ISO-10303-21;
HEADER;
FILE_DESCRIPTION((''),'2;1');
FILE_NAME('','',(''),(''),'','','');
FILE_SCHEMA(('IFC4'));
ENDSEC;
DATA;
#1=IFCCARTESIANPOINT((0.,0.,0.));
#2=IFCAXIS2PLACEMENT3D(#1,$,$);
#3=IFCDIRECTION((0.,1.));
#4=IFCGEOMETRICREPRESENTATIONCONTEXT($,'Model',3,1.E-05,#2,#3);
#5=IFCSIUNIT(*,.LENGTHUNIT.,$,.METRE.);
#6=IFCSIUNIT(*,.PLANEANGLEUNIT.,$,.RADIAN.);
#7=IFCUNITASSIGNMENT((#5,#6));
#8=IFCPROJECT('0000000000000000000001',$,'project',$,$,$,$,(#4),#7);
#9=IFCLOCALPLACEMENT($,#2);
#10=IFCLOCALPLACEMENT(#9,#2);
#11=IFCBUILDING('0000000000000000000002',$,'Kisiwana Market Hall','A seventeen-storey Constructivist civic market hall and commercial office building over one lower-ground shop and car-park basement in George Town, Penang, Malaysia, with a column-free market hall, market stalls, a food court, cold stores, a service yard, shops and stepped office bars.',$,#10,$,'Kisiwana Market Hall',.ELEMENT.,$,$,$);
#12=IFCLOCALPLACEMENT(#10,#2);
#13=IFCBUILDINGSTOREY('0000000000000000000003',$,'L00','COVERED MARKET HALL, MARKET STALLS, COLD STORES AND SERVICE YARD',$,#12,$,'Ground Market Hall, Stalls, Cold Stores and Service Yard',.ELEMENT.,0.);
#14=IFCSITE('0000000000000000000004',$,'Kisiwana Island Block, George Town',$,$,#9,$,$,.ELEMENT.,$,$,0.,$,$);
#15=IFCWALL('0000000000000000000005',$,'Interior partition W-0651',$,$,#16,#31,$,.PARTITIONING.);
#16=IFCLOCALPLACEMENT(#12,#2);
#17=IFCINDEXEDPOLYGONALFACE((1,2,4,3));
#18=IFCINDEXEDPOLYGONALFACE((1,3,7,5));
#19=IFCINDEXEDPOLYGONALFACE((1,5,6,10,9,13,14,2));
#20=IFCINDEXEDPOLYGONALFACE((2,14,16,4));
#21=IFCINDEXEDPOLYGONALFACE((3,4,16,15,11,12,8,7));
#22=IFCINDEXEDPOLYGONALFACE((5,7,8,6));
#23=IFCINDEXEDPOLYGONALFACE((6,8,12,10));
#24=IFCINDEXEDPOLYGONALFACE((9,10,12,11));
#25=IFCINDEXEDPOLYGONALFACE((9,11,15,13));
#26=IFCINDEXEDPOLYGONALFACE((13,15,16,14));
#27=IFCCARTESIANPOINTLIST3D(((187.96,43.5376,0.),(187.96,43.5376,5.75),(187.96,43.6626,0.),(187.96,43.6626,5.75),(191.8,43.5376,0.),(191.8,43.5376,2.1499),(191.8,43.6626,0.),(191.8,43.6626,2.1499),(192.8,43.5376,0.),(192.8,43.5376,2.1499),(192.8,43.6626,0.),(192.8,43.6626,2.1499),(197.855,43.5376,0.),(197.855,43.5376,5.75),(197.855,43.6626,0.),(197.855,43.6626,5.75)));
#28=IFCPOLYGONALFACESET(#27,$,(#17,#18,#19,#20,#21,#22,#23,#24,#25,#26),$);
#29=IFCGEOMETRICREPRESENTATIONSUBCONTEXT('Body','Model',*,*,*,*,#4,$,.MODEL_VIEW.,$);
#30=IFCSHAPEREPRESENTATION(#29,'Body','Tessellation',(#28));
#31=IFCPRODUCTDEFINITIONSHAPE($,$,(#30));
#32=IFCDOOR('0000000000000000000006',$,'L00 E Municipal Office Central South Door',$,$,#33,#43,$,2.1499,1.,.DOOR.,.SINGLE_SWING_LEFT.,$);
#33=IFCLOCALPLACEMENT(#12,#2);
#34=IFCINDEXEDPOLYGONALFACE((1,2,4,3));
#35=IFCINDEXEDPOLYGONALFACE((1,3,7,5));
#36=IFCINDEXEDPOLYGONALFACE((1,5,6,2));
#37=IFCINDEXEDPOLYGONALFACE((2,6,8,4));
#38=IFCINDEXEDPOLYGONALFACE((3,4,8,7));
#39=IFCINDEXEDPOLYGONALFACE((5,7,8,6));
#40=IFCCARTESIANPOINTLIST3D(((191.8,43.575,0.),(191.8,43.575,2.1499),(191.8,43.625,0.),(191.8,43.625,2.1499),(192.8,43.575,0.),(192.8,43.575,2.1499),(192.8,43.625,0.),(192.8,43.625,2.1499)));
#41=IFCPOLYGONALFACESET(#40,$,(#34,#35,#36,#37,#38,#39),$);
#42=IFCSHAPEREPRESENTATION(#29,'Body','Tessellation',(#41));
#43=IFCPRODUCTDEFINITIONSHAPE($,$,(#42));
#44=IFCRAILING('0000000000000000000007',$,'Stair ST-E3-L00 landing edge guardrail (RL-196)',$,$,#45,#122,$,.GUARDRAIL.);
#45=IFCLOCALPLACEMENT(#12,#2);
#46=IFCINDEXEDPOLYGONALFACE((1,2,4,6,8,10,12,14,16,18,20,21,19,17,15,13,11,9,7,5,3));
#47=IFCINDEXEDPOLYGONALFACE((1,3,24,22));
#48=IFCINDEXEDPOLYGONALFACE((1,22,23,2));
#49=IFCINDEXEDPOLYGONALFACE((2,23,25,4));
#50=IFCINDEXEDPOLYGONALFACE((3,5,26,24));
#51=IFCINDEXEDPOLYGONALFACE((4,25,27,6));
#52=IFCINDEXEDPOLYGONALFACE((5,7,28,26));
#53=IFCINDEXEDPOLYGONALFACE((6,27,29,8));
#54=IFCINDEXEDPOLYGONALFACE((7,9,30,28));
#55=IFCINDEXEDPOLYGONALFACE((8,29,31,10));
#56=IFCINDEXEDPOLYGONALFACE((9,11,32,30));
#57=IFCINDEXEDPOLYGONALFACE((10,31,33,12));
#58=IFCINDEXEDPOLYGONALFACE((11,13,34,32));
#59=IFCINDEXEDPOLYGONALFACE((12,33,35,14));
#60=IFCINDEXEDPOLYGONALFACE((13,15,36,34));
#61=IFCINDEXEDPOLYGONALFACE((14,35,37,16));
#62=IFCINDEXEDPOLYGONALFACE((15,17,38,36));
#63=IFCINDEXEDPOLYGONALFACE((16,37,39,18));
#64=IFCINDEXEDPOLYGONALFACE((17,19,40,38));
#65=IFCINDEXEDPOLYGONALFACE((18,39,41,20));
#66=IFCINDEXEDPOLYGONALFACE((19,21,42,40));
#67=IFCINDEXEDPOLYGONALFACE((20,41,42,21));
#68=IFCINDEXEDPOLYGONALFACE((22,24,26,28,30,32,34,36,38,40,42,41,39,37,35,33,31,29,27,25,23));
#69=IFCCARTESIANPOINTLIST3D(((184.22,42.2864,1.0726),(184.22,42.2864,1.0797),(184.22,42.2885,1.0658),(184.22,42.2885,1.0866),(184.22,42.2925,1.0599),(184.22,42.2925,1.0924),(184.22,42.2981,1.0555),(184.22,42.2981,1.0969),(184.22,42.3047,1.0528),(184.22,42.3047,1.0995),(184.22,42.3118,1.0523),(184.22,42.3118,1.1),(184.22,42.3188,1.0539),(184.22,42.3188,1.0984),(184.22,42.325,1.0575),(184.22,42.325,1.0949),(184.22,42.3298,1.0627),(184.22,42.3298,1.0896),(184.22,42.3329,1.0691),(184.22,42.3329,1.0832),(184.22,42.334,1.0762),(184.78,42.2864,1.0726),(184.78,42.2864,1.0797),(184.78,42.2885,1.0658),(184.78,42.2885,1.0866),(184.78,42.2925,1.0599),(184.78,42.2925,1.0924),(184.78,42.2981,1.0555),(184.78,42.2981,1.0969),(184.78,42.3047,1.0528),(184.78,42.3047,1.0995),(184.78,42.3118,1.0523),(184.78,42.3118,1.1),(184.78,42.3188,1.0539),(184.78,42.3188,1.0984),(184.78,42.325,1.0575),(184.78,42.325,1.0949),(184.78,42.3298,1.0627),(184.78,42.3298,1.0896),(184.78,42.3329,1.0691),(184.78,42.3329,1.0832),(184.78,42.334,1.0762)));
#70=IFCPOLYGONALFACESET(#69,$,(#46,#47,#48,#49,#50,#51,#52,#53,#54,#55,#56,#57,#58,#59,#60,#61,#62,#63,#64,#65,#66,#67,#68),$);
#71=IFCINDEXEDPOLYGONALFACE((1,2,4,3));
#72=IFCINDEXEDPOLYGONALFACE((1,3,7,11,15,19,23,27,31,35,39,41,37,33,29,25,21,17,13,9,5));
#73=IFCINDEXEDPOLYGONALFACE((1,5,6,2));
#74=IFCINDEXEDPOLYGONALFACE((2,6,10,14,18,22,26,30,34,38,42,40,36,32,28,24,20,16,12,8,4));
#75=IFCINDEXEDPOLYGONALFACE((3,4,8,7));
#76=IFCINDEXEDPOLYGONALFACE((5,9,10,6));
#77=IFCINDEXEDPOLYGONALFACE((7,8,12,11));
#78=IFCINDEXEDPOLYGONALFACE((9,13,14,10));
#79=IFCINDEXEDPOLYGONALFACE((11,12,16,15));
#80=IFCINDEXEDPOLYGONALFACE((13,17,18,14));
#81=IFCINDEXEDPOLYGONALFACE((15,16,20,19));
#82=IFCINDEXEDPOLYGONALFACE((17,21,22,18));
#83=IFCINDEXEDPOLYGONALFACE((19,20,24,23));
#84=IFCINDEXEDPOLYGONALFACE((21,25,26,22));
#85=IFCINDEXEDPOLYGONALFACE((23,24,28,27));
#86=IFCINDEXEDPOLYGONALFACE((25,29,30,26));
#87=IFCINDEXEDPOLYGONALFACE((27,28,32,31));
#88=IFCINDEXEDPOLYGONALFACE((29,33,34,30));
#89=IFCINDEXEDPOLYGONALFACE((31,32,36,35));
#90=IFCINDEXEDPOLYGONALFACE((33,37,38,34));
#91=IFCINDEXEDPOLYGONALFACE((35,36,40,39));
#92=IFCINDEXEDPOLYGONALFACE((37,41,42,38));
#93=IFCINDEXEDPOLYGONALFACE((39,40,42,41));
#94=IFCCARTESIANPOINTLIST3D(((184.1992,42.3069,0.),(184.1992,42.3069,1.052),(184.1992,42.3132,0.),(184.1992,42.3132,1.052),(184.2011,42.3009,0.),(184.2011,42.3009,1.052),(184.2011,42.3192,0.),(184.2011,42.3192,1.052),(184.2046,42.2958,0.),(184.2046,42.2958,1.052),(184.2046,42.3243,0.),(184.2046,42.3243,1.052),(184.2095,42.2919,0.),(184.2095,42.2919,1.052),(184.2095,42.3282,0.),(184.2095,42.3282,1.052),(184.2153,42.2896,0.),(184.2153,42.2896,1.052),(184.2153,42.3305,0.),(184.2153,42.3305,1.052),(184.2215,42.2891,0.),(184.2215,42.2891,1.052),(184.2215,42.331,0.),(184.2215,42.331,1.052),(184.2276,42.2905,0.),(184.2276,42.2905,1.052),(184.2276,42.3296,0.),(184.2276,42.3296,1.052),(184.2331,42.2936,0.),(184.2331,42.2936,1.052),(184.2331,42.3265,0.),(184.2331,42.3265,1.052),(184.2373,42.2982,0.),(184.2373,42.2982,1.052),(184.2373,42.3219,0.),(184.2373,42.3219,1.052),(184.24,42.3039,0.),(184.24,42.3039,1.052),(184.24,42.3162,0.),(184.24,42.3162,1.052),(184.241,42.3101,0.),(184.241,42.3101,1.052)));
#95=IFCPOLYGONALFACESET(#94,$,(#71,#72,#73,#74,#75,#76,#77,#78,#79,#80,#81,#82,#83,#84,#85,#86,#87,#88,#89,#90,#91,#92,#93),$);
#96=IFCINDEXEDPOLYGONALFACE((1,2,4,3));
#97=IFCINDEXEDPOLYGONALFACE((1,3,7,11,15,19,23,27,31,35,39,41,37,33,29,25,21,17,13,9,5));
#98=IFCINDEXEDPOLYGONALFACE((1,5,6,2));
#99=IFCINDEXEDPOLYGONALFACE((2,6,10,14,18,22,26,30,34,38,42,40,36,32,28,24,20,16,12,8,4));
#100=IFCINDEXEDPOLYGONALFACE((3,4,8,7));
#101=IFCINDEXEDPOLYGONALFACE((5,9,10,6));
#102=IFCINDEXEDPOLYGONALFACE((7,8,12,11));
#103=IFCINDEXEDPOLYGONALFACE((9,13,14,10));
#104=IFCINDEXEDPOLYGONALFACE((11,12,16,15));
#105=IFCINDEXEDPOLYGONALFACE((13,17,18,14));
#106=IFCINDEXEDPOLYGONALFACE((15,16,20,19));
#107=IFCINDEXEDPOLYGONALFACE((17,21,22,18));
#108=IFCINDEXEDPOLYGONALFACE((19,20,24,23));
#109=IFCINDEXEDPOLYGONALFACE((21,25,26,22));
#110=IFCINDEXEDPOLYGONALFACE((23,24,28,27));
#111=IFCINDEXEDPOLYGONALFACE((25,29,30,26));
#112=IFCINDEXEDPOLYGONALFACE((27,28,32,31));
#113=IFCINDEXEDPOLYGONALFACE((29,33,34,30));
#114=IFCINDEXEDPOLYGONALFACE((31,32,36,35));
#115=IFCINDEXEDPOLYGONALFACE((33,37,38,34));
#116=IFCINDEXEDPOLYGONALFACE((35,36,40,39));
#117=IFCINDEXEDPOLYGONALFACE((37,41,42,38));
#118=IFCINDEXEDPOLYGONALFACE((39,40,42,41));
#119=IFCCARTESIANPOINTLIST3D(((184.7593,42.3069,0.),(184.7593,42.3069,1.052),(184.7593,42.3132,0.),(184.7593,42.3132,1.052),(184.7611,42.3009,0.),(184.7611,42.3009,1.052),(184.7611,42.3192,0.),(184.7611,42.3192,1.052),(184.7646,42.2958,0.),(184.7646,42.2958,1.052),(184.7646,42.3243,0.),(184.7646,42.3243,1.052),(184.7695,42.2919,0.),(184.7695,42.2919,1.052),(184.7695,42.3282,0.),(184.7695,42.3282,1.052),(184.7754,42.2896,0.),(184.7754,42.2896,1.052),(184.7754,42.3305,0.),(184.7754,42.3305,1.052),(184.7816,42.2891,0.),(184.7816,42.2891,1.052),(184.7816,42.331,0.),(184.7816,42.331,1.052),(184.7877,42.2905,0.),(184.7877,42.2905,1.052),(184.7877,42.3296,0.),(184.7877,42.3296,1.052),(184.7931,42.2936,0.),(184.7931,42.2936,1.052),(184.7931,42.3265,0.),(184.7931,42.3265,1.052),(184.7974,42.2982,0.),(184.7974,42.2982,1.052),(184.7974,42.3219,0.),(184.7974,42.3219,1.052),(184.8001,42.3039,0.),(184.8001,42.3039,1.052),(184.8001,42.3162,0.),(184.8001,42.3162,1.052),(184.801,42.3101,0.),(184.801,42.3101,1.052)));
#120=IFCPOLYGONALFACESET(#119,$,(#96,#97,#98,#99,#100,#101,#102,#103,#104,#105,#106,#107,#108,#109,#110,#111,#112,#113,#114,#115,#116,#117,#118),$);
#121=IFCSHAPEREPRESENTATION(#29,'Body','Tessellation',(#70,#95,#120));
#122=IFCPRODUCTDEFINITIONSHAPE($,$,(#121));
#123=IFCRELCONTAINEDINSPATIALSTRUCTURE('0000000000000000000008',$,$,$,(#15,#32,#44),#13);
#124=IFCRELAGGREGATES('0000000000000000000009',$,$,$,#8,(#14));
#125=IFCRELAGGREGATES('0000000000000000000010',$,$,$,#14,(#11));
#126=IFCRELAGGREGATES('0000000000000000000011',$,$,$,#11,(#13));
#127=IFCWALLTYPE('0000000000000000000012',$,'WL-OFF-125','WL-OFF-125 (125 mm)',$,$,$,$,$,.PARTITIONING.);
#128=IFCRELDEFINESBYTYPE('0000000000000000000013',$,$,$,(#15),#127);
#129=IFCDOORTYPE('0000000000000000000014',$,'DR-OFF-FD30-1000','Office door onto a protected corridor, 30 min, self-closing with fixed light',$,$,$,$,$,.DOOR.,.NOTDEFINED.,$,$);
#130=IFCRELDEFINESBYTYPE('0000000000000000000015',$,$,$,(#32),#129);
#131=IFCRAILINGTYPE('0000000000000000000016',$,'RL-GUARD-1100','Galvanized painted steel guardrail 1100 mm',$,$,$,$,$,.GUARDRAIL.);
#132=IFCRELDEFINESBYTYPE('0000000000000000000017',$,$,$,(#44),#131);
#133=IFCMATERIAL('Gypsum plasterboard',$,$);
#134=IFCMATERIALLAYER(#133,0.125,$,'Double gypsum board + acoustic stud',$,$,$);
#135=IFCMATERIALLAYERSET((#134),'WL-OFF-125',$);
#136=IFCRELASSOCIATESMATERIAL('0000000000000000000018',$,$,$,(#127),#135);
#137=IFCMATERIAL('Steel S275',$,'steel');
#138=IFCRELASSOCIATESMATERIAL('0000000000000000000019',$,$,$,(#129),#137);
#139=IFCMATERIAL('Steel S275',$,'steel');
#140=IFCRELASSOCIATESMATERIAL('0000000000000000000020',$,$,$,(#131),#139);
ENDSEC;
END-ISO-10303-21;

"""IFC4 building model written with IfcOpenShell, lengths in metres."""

from ifc_helpers import new_model, si_unit, direction, frame, frame_2d, origin, origin_2d, place, context, subcontext, project, spatial, rectangle, circle, extrude, material, layer, layer_set, type_object, element, fill, save


model = new_model("IFC4")

# Units and contexts
model_context = context("Model", 3, precision=1e-05, world=origin(), true_north=direction((0.0, 1.0)))
body_context = subcontext(model_context, "Body", "Model", "MODEL_VIEW")
ifc_project = project(units=[si_unit("LENGTHUNIT", "METRE"), si_unit("PLANEANGLEUNIT", "RADIAN")], contexts=[model_context])

# Site, building, storey
site_placement = place(None, origin())
site = spatial("IfcSite", under=ifc_project, at=site_placement, Name="Kisiwana Island Block, George Town", CompositionType="ELEMENT", RefElevation=0.0)
building_placement = place(site_placement, origin())
building = spatial("IfcBuilding", under=site, at=building_placement, Name="Kisiwana Market Hall", Description="A seventeen-storey Constructivist civic market hall and commercial office building over one lower-ground shop and car-park basement in George Town, Penang, Malaysia, with a column-free market hall, market stalls, a food court, cold stores, a service yard, shops and stepped office bars.", LongName="Kisiwana Market Hall", CompositionType="ELEMENT")
storey_placement = place(building_placement, origin())
storey = spatial("IfcBuildingStorey", under=building, at=storey_placement, Name="L00", Description="COVERED MARKET HALL, MARKET STALLS, COLD STORES AND SERVICE YARD", LongName="Ground Market Hall, Stalls, Cold Stores and Service Yard", CompositionType="ELEMENT", Elevation=0.0)

# Shared definitions
ifc_material_1 = material(Name="Gypsum plasterboard")
ifc_layer_1 = layer(ifc_material_1, 0.125, Name="Double gypsum board + acoustic stud")
ifc_layer_set_1 = layer_set([ifc_layer_1], Name="WL-OFF-125")
wall_type_1 = type_object("IfcWallType", Name="WL-OFF-125", Description="WL-OFF-125 (125 mm)", PredefinedType="PARTITIONING", material=ifc_layer_set_1)

# Shared definitions
ifc_material_2 = material(Name="Steel S275", Category="steel")
door_type_1 = type_object("IfcDoorType", Name="DR-OFF-FD30-1000", Description="Office door onto a protected corridor, 30 min, self-closing with fixed light", OperationType="NOTDEFINED", PredefinedType="DOOR", material=ifc_material_2)

# Wall, opening, door
wall_1_placement = place(storey_placement, frame((187.96, 43.6001, 0.0), z_axis=(0.0, 0.0, 1.0), x_axis=(1.0, 0.0, 0.0)))
wall_1 = element("IfcWall", 1, at=wall_1_placement, inside=storey, type_object=wall_type_1, Name="Interior partition W-0651", PredefinedType="PARTITIONING", context=body_context, shape_type="SweptSolid", body=[
    extrude(rectangle(XDim=9.895, YDim=0.125, at=frame_2d((4.9475, 0.0))), origin(), (0.0, 0.0, 1.0), 5.75),
])
opening_1_placement = place(wall_1_placement, frame((3.8401, 0.0, 0.0)))
opening_1 = element("IfcOpeningElement", 2, at=opening_1_placement, cuts=wall_1, PredefinedType="OPENING", context=body_context, shape_type="SweptSolid", body=[
    extrude(rectangle(XDim=1.0, YDim=2.1499, at=frame_2d((0.5, 1.075))), frame((0.0, 0.0745, 0.0), z_axis=(0.0, -1.0, 0.0), x_axis=(1.0, 0.0, 0.0)), (0.0, 0.0, 1.0), 0.1489),
])
door_1_placement = place(opening_1_placement, origin())
door_1 = element("IfcDoor", 3, at=door_1_placement, inside=storey, type_object=door_type_1, Name="L00 E Municipal Office Central South Door", OperationType="SINGLE_SWING_LEFT", OverallHeight=2.1499, OverallWidth=1.0, PredefinedType="DOOR", context=body_context, shape_type="SweptSolid", body=[
    extrude(rectangle(XDim=1.0, YDim=2.1499, at=frame_2d((0.5, 1.075))), frame((0.0, 0.0249, 0.0), z_axis=(0.0, -1.0, 0.0), x_axis=(1.0, 0.0, 0.0)), (0.0, 0.0, 1.0), 0.05),
])
fill(opening_1, door_1)

# Railing
ifc_material_3 = material(Name="Steel S275", Category="steel")
railing_type_1 = type_object("IfcRailingType", Name="RL-GUARD-1100", Description="Galvanized painted steel guardrail 1100 mm", PredefinedType="GUARDRAIL", material=ifc_material_3)
railing_1_placement = place(storey_placement, frame((184.22, 42.3101, 0.0)))
element("IfcRailing", 4, at=railing_1_placement, inside=storey, type_object=railing_type_1, Name="Stair ST-E3-L00 landing edge guardrail (RL-196)", PredefinedType="GUARDRAIL", context=body_context, shape_type="SweptSolid", body=[
    extrude(circle(Radius=0.0239, at=origin_2d()), frame((0.0, 0.0, 1.0762), z_axis=(1.0, 0.0, 0.0), x_axis=(0.0, 1.0, 0.0)), (0.0, 0.0, 1.0), 0.5601),
    extrude(circle(Radius=0.021, at=origin_2d()), origin(), (0.0, 0.0, 1.0), 1.052),
    extrude(circle(Radius=0.021, at=origin_2d()), frame((0.5601, 0.0, 0.0)), (0.0, 0.0, 1.0), 1.052),
])

save(model, "model.ifc")
